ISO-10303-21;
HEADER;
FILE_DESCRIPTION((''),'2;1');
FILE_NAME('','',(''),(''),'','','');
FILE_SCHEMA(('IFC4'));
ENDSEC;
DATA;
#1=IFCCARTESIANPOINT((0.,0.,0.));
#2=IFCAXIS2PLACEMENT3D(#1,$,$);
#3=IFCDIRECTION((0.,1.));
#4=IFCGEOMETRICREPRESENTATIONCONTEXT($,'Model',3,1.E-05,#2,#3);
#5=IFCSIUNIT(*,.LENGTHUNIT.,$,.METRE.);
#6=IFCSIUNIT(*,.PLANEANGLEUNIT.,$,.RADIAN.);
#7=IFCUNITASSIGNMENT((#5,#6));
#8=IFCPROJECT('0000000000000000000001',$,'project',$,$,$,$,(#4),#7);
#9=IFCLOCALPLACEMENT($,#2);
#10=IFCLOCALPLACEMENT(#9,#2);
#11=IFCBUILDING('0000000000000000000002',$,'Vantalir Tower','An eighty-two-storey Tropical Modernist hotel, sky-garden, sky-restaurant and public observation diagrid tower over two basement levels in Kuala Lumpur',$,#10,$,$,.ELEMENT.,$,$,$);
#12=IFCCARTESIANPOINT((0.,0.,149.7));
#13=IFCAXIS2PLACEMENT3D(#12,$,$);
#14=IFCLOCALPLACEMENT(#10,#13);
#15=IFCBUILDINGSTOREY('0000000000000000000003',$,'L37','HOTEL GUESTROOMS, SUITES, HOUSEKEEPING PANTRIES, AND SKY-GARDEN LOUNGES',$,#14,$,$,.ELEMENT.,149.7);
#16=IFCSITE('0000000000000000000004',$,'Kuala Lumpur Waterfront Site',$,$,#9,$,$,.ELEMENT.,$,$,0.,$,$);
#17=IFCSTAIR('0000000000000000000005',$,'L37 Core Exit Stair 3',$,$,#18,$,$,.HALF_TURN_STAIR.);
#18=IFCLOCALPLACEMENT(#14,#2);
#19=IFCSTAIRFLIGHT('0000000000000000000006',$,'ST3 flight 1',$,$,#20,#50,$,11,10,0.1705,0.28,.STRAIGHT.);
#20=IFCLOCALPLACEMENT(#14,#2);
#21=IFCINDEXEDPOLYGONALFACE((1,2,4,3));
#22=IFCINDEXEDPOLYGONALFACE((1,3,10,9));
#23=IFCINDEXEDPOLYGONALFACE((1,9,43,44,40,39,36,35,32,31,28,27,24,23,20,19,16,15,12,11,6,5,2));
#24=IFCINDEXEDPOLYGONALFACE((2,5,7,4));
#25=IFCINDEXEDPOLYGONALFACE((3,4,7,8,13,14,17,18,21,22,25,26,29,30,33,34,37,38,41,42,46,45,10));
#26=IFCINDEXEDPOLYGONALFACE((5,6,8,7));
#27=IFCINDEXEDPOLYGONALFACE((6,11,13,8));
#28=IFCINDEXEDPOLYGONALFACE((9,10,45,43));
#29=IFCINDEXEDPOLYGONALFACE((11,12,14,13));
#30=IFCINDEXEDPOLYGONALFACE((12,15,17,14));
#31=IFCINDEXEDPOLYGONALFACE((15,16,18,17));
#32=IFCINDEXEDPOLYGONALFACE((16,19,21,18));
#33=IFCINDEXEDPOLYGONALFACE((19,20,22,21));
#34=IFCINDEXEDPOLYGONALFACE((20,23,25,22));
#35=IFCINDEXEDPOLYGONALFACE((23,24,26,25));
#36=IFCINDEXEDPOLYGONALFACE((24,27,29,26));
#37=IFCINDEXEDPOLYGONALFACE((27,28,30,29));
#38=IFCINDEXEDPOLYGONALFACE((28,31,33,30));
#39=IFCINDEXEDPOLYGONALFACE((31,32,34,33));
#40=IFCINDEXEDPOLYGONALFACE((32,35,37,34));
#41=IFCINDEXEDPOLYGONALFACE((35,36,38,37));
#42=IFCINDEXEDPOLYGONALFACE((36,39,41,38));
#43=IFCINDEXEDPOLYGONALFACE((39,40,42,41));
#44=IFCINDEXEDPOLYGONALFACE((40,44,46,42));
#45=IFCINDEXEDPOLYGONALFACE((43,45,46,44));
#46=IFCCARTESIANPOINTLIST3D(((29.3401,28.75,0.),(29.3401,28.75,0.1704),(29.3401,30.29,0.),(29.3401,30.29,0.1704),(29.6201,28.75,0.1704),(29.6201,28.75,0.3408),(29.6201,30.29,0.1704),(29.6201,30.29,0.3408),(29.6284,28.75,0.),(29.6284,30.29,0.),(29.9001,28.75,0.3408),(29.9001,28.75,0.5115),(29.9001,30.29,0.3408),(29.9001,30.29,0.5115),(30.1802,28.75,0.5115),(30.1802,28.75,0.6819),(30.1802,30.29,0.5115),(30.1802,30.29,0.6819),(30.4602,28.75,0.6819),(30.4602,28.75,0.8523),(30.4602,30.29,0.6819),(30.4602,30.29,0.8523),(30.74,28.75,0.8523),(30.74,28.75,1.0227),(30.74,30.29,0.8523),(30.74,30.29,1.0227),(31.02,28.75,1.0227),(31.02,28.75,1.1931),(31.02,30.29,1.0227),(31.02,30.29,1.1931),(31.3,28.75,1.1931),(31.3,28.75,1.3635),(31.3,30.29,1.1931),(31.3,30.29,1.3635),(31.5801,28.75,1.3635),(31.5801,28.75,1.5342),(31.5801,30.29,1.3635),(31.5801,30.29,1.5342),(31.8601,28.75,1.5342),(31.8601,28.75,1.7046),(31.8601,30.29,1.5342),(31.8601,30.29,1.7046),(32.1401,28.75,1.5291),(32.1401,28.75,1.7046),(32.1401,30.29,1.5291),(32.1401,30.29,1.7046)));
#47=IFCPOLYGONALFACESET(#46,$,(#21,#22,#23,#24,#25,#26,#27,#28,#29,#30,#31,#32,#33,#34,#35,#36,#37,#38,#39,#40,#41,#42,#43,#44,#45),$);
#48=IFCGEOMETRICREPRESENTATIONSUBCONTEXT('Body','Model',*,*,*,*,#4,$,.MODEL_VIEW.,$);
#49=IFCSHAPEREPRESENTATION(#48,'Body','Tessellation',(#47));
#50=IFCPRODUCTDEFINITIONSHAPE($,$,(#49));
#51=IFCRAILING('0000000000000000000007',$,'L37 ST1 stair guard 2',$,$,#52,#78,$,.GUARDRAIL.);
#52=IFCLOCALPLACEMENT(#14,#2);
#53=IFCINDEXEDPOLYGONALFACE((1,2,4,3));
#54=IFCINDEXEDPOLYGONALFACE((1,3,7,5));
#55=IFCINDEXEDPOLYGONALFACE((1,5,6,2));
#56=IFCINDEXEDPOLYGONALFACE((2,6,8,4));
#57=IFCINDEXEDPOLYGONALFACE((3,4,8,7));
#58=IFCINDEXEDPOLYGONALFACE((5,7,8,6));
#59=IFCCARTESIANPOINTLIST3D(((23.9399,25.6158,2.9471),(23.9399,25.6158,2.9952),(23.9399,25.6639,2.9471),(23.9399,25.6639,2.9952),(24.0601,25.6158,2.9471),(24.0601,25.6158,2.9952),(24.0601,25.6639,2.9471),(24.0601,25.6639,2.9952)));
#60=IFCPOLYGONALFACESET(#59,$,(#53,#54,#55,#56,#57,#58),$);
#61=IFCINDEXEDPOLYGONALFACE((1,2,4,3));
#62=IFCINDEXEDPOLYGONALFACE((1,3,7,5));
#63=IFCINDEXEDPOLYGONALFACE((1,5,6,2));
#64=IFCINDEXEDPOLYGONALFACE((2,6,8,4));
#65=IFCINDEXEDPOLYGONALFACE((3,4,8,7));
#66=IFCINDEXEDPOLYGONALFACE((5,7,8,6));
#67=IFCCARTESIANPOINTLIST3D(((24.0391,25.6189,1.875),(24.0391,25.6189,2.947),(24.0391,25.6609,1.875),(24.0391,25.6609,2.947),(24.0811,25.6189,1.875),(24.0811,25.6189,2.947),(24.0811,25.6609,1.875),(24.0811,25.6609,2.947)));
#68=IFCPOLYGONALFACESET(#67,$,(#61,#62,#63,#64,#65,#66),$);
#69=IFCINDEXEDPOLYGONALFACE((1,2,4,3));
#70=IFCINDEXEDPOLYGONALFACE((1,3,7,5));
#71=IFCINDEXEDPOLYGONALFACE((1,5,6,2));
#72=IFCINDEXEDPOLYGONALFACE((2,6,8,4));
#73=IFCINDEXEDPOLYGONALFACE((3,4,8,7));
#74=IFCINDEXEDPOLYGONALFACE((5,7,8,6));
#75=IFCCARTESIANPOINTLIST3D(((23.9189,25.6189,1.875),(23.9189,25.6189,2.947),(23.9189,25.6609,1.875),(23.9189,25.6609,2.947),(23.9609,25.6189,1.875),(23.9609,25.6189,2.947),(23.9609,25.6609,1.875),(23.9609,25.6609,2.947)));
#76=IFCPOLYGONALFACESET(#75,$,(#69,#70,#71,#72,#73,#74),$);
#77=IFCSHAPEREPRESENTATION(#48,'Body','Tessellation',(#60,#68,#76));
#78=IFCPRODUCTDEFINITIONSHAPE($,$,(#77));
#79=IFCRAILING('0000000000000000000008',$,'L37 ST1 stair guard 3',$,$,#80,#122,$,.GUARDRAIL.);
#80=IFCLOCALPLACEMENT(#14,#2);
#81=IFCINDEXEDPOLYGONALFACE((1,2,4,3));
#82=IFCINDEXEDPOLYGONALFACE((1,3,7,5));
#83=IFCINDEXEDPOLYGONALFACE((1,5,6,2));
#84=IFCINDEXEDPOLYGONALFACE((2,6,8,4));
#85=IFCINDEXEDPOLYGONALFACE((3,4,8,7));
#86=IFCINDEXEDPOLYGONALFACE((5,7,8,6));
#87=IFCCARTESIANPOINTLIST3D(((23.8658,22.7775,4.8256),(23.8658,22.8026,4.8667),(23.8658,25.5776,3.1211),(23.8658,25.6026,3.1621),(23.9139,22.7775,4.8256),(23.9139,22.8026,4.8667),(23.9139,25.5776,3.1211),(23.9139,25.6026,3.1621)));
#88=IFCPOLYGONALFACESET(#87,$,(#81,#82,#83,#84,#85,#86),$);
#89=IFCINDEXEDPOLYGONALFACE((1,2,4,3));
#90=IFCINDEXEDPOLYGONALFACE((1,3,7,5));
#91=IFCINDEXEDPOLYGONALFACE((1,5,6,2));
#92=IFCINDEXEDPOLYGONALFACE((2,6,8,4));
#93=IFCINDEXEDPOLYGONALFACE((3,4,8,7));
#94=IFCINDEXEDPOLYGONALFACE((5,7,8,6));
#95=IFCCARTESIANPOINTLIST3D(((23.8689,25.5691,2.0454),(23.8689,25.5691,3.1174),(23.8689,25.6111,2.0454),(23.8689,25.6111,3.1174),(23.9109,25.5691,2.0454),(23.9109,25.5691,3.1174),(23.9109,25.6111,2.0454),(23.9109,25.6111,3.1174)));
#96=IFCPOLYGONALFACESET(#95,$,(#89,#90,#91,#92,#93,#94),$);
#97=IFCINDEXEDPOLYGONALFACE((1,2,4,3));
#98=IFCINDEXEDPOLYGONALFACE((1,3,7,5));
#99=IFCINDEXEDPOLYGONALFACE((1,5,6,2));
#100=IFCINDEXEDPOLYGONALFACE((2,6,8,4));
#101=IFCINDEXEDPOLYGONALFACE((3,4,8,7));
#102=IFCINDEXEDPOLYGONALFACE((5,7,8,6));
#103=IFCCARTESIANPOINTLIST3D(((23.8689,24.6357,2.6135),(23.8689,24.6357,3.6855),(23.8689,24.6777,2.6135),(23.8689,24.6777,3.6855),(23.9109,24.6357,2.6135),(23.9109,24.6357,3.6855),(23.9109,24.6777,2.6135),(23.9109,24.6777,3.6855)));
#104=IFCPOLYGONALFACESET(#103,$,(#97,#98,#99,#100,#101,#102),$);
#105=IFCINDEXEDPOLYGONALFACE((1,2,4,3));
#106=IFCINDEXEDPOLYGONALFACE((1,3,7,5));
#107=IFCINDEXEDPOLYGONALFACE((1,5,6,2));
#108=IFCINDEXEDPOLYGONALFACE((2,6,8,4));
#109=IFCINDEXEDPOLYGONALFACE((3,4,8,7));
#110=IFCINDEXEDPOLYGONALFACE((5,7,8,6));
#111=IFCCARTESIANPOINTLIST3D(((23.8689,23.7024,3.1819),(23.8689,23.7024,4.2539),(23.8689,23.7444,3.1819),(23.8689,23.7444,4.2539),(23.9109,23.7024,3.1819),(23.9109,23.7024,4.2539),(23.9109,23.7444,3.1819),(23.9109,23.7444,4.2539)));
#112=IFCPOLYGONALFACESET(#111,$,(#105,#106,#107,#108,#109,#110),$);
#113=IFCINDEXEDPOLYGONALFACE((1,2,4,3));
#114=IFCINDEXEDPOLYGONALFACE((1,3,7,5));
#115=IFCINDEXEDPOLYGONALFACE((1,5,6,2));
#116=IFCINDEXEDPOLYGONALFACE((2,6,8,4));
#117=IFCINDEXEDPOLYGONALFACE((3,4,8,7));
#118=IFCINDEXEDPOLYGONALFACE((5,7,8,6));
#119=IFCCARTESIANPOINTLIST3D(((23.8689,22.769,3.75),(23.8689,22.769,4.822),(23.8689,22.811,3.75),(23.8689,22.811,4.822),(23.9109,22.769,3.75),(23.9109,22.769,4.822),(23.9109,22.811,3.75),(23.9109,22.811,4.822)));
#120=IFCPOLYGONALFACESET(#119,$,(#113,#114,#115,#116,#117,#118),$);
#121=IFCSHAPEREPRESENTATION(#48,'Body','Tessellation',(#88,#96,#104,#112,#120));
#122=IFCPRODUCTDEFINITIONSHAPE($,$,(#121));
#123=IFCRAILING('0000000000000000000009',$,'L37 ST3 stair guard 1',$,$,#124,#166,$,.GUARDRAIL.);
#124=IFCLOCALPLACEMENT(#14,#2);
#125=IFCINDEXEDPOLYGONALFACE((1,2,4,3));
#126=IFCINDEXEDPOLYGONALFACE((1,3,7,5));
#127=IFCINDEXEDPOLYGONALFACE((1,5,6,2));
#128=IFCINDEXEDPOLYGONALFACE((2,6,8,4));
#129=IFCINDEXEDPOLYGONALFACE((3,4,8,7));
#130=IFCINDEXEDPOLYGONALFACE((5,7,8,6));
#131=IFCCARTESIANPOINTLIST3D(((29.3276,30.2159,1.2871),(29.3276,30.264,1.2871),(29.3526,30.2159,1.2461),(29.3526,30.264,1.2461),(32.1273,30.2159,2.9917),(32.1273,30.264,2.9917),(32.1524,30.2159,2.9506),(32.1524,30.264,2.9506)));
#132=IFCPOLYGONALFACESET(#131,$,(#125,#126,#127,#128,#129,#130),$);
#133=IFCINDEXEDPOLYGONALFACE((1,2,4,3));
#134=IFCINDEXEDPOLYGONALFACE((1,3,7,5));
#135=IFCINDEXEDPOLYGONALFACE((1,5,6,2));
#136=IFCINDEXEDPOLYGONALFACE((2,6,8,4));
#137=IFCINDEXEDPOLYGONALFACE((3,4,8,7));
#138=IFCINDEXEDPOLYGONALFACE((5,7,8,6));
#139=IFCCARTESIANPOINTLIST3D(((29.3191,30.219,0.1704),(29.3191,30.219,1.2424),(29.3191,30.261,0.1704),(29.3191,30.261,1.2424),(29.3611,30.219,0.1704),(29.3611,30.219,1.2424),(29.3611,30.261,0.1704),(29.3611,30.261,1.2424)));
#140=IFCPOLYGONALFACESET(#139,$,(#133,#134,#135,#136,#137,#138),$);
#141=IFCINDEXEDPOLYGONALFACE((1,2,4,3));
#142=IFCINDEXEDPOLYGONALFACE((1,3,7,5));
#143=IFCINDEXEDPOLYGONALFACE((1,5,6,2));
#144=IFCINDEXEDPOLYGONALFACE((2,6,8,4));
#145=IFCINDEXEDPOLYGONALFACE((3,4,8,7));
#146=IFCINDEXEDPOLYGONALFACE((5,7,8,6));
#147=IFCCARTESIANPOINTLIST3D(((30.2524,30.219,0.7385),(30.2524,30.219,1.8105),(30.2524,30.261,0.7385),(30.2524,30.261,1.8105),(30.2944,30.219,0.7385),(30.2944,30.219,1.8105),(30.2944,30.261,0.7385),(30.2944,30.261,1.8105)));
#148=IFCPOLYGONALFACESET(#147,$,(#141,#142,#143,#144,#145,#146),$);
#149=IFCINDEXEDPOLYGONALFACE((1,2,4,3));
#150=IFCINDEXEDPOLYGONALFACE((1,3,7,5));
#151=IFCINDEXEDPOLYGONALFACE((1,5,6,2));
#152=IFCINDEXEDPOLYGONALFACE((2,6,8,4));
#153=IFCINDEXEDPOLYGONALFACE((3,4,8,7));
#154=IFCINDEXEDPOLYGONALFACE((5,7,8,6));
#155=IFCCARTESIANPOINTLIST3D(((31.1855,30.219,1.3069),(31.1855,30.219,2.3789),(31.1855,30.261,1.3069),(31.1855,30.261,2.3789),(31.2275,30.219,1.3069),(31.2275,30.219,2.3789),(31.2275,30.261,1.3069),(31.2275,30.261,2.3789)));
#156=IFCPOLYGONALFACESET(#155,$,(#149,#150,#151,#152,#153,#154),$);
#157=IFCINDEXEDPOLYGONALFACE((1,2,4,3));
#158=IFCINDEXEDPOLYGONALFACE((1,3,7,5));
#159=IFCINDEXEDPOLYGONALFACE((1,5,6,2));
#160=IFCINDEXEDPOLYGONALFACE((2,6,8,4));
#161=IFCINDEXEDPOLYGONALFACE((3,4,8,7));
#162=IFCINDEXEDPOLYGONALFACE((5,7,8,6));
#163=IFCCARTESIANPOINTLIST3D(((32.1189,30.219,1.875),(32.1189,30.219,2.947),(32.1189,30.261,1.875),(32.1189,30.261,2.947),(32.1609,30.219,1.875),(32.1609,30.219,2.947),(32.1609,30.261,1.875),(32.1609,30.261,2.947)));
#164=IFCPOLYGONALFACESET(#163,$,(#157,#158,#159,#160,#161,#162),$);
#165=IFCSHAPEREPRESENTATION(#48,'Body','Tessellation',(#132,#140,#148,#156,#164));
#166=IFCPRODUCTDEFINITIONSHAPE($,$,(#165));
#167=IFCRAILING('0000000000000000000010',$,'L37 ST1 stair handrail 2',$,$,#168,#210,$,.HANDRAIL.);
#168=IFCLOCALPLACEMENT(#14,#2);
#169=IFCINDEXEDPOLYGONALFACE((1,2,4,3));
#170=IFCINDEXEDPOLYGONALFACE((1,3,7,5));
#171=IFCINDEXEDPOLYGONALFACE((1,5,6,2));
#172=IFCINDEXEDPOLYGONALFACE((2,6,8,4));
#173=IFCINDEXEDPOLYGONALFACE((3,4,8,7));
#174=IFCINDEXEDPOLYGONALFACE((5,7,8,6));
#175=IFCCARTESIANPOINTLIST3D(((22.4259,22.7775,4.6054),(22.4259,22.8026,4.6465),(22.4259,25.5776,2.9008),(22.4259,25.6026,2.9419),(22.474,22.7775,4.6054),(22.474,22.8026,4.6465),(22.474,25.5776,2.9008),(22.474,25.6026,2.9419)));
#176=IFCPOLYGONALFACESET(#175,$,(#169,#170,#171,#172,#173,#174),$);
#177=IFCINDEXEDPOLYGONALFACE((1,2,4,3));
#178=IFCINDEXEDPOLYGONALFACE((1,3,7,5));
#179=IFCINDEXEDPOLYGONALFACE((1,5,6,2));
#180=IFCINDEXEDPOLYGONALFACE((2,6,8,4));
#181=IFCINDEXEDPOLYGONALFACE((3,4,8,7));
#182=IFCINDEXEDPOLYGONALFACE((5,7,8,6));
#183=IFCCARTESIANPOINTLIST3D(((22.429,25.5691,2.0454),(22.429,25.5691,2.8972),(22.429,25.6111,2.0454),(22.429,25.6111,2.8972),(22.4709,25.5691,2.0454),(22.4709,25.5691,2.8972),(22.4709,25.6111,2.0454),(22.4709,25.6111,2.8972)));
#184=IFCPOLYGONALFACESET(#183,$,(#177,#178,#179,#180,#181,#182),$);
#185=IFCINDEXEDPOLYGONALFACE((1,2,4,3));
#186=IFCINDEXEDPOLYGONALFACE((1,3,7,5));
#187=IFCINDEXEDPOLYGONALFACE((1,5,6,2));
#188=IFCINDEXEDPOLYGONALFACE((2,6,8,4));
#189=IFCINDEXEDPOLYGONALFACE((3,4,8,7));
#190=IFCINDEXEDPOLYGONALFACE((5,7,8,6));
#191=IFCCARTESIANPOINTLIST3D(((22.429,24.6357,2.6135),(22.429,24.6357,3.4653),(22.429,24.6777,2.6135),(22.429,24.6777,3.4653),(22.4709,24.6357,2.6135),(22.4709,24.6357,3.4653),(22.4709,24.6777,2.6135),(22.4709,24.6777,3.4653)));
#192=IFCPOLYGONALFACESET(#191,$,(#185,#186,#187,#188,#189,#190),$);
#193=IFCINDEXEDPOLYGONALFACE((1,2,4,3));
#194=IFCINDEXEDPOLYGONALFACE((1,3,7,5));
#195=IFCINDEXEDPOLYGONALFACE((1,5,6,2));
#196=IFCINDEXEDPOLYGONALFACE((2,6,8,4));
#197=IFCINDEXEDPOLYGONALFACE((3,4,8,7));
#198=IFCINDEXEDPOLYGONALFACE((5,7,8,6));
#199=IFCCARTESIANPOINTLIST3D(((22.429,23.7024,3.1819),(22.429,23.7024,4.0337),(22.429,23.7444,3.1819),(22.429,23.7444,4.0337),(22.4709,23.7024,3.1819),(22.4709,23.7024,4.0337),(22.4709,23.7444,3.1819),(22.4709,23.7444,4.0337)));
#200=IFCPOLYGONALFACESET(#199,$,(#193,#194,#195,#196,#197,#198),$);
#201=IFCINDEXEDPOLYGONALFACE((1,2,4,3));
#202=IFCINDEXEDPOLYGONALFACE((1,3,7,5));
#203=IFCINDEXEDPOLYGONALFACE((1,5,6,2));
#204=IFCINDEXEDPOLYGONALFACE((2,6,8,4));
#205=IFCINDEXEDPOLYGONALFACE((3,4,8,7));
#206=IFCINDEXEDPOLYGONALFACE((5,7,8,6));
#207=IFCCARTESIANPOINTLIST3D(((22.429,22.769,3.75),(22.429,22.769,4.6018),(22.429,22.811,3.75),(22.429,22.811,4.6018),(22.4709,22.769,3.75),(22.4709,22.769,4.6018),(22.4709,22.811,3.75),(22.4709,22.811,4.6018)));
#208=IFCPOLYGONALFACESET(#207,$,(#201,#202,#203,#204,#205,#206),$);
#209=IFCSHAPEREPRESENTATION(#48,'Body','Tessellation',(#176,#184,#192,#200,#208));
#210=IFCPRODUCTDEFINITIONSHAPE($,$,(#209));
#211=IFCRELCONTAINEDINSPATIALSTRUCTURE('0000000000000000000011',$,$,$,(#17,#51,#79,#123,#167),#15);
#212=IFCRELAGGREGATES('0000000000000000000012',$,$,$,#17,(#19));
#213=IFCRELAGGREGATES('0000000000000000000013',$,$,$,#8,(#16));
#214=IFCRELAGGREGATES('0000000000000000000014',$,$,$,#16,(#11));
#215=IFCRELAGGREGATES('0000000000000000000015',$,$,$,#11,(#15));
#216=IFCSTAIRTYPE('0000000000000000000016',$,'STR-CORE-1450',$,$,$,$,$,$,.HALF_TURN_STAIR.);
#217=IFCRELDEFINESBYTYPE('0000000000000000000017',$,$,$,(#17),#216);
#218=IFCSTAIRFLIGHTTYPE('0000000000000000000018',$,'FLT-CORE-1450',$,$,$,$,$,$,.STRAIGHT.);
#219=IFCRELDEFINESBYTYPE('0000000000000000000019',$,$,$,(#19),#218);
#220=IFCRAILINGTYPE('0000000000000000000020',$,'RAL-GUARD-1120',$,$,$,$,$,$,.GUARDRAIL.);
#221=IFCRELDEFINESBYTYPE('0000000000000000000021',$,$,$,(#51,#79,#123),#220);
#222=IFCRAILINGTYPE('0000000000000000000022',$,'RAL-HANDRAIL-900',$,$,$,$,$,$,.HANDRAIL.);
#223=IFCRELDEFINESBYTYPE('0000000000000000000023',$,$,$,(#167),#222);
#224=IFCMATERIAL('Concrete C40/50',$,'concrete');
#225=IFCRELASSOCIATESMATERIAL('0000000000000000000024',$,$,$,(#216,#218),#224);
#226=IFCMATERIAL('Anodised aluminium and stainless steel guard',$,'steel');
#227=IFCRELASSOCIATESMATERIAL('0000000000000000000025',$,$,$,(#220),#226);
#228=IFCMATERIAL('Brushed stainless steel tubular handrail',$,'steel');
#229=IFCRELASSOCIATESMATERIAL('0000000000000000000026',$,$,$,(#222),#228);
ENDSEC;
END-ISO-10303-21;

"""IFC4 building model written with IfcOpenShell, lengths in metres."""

from ifc_helpers import new_model, si_unit, direction, frame, origin, origin_2d, place, context, subcontext, project, spatial, polyline, rectangle, outline, extrude, material, type_object, element, aggregate, save


model = new_model("IFC4")

# Units and contexts
model_context = context("Model", 3, precision=1e-05, world=origin(), true_north=direction((0.0, 1.0)))
body_context = subcontext(model_context, "Body", "Model", "MODEL_VIEW")
ifc_project = project(units=[si_unit("LENGTHUNIT", "METRE"), si_unit("PLANEANGLEUNIT", "RADIAN")], contexts=[model_context])

# Site, building, storey
site_placement = place(None, origin())
site = spatial("IfcSite", under=ifc_project, at=site_placement, Name="Kuala Lumpur Waterfront Site", CompositionType="ELEMENT", RefElevation=0.0)
building_placement = place(site_placement, origin())
building = spatial("IfcBuilding", under=site, at=building_placement, Name="Vantalir Tower", Description="An eighty-two-storey Tropical Modernist hotel, sky-garden, sky-restaurant and public observation diagrid tower over two basement levels in Kuala Lumpur", CompositionType="ELEMENT")
storey_placement = place(building_placement, frame((0.0, 0.0, 149.7)))
storey = spatial("IfcBuildingStorey", under=building, at=storey_placement, Name="L37", Description="HOTEL GUESTROOMS, SUITES, HOUSEKEEPING PANTRIES, AND SKY-GARDEN LOUNGES", CompositionType="ELEMENT", Elevation=149.7)

# Stair, stair flight
ifc_material_1 = material(Name="Concrete C40/50", Category="concrete")
stair_type = type_object("IfcStairType", Name="STR-CORE-1450", PredefinedType="HALF_TURN_STAIR", material=ifc_material_1)
stair_flight_type = type_object("IfcStairFlightType", Name="FLT-CORE-1450", PredefinedType="STRAIGHT", material=ifc_material_1)
stair_1_placement = place(storey_placement, origin())
stair_1 = element("IfcStair", 1, at=stair_1_placement, inside=storey, type_object=stair_type, Name="L37 Core Exit Stair 3", PredefinedType="HALF_TURN_STAIR")
stair_flight_1_placement = place(storey_placement, frame((29.3401, 29.52, 0.0), z_axis=(0.0, 0.0, 1.0), x_axis=(1.0, 0.0, 0.0)))
stair_flight_1 = element("IfcStairFlight", 2, at=stair_flight_1_placement, type_object=stair_flight_type, Name="ST3 flight 1", NumberOfRisers=11, NumberOfTreads=10, PredefinedType="STRAIGHT", RiserHeight=0.1705, TreadLength=0.28, context=body_context, shape_type="SweptSolid", body=[
    extrude(outline(polyline([(0.0, 0.0), (0.0, 0.1704), (0.28, 0.1704), (0.28, 0.3408), (0.5601, 0.3408), (0.5601, 0.5115), (0.8401, 0.5115), (0.8401, 0.6819), (1.1201, 0.6819), (1.1201, 0.8523), (1.3999, 0.8523), (1.3999, 1.0227), (1.6799, 1.0227), (1.6799, 1.1931), (1.96, 1.1931), (1.96, 1.3635), (2.24, 1.3635), (2.24, 1.5342), (2.52, 1.5342), (2.52, 1.7046), (2.8, 1.7046), (2.8, 1.875), (2.8, 1.5291), (0.2883, 0.0), (0.0, 0.0)])), frame((0.0, 0.77, 0.0), z_axis=(0.0, -1.0, 0.0), x_axis=(1.0, 0.0, 0.0)), (0.0, 0.0, 1.0), 1.54),
])
aggregate(stair_1, [stair_flight_1])

# Railings
ifc_material_2 = material(Name="Anodised aluminium and stainless steel guard", Category="steel")
railing_type_1 = type_object("IfcRailingType", Name="RAL-GUARD-1120", PredefinedType="GUARDRAIL", material=ifc_material_2)
railing_1_placement = place(storey_placement, frame((24.0601, 25.6399, 1.875)))
element("IfcRailing", 3, at=railing_1_placement, inside=storey, type_object=railing_type_1, Name="L37 ST1 stair guard 2", PredefinedType="GUARDRAIL", context=body_context, shape_type="SweptSolid", body=[
    extrude(rectangle(XDim=0.0481, YDim=0.0481, at=origin_2d()), frame((0.0, 0.0, 1.0962), z_axis=(-1.0, 0.0, 0.0), x_axis=(0.0, -1.0, 0.0)), (0.0, 0.0, 1.0), 0.1201),
    extrude(rectangle(XDim=0.042, YDim=0.042, at=origin_2d()), origin(), (0.0, 0.0, 1.0), 1.072),
    extrude(rectangle(XDim=0.042, YDim=0.042, at=origin_2d()), frame((-0.1201, 0.0, 0.0)), (0.0, 0.0, 1.0), 1.072),
])
railing_2_placement = place(storey_placement, frame((23.8899, 25.5901, 2.0454)))
element("IfcRailing", 4, at=railing_2_placement, inside=storey, type_object=railing_type_1, Name="L37 ST1 stair guard 3", PredefinedType="GUARDRAIL", context=body_context, shape_type="SweptSolid", body=[
    extrude(rectangle(XDim=0.0481, YDim=0.0481, at=origin_2d()), frame((0.0, 0.0, 1.0962), z_axis=(0.0, -0.85417, 0.519994), x_axis=(1.0, 0.0, 0.0)), (0.0, 0.0, 1.0), 3.2781),
    extrude(rectangle(XDim=0.042, YDim=0.042, at=origin_2d()), origin(), (0.0, 0.0, 1.0), 1.072),
    extrude(rectangle(XDim=0.042, YDim=0.042, at=origin_2d()), frame((0.0, -0.9333, 0.5681)), (0.0, 0.0, 1.0), 1.072),
    extrude(rectangle(XDim=0.042, YDim=0.042, at=origin_2d()), frame((0.0, -1.8667, 1.1365)), (0.0, 0.0, 1.0), 1.072),
    extrude(rectangle(XDim=0.042, YDim=0.042, at=origin_2d()), frame((0.0, -2.8, 1.7046)), (0.0, 0.0, 1.0), 1.072),
])
railing_3_placement = place(storey_placement, frame((29.3401, 30.24, 0.1704)))
element("IfcRailing", 5, at=railing_3_placement, inside=storey, type_object=railing_type_1, Name="L37 ST3 stair guard 1", PredefinedType="GUARDRAIL", context=body_context, shape_type="SweptSolid", body=[
    extrude(rectangle(XDim=0.0481, YDim=0.0481, at=origin_2d()), frame((0.0, 0.0, 1.0962), z_axis=(0.85415, 0.0, 0.520027), x_axis=(0.0, 1.0, 0.0)), (0.0, 0.0, 1.0), 3.2778),
    extrude(rectangle(XDim=0.042, YDim=0.042, at=origin_2d()), origin(), (0.0, 0.0, 1.0), 1.072),
    extrude(rectangle(XDim=0.042, YDim=0.042, at=origin_2d()), frame((0.9333, 0.0, 0.5681)), (0.0, 0.0, 1.0), 1.072),
    extrude(rectangle(XDim=0.042, YDim=0.042, at=origin_2d()), frame((1.8665, 0.0, 1.1365)), (0.0, 0.0, 1.0), 1.072),
    extrude(rectangle(XDim=0.042, YDim=0.042, at=origin_2d()), frame((2.7998, 0.0, 1.7046)), (0.0, 0.0, 1.0), 1.072),
])
ifc_material_3 = material(Name="Brushed stainless steel tubular handrail", Category="steel")
railing_type_2 = type_object("IfcRailingType", Name="RAL-HANDRAIL-900", PredefinedType="HANDRAIL", material=ifc_material_3)
railing_4_placement = place(storey_placement, frame((22.45, 25.5901, 2.0454)))
element("IfcRailing", 6, at=railing_4_placement, inside=storey, type_object=railing_type_2, Name="L37 ST1 stair handrail 2", PredefinedType="HANDRAIL", context=body_context, shape_type="SweptSolid", body=[
    extrude(rectangle(XDim=0.0481, YDim=0.0481, at=origin_2d()), frame((0.0, 0.0, 0.876), z_axis=(0.0, -0.85417, 0.519994), x_axis=(1.0, 0.0, 0.0)), (0.0, 0.0, 1.0), 3.2781),
    extrude(rectangle(XDim=0.042, YDim=0.042, at=origin_2d()), origin(), (0.0, 0.0, 1.0), 0.8518),
    extrude(rectangle(XDim=0.042, YDim=0.042, at=origin_2d()), frame((0.0, -0.9333, 0.5681)), (0.0, 0.0, 1.0), 0.8518),
    extrude(rectangle(XDim=0.042, YDim=0.042, at=origin_2d()), frame((0.0, -1.8667, 1.1365)), (0.0, 0.0, 1.0), 0.8518),
    extrude(rectangle(XDim=0.042, YDim=0.042, at=origin_2d()), frame((0.0, -2.8, 1.7046)), (0.0, 0.0, 1.0), 0.8518),
])

save(model, "model.ifc")
